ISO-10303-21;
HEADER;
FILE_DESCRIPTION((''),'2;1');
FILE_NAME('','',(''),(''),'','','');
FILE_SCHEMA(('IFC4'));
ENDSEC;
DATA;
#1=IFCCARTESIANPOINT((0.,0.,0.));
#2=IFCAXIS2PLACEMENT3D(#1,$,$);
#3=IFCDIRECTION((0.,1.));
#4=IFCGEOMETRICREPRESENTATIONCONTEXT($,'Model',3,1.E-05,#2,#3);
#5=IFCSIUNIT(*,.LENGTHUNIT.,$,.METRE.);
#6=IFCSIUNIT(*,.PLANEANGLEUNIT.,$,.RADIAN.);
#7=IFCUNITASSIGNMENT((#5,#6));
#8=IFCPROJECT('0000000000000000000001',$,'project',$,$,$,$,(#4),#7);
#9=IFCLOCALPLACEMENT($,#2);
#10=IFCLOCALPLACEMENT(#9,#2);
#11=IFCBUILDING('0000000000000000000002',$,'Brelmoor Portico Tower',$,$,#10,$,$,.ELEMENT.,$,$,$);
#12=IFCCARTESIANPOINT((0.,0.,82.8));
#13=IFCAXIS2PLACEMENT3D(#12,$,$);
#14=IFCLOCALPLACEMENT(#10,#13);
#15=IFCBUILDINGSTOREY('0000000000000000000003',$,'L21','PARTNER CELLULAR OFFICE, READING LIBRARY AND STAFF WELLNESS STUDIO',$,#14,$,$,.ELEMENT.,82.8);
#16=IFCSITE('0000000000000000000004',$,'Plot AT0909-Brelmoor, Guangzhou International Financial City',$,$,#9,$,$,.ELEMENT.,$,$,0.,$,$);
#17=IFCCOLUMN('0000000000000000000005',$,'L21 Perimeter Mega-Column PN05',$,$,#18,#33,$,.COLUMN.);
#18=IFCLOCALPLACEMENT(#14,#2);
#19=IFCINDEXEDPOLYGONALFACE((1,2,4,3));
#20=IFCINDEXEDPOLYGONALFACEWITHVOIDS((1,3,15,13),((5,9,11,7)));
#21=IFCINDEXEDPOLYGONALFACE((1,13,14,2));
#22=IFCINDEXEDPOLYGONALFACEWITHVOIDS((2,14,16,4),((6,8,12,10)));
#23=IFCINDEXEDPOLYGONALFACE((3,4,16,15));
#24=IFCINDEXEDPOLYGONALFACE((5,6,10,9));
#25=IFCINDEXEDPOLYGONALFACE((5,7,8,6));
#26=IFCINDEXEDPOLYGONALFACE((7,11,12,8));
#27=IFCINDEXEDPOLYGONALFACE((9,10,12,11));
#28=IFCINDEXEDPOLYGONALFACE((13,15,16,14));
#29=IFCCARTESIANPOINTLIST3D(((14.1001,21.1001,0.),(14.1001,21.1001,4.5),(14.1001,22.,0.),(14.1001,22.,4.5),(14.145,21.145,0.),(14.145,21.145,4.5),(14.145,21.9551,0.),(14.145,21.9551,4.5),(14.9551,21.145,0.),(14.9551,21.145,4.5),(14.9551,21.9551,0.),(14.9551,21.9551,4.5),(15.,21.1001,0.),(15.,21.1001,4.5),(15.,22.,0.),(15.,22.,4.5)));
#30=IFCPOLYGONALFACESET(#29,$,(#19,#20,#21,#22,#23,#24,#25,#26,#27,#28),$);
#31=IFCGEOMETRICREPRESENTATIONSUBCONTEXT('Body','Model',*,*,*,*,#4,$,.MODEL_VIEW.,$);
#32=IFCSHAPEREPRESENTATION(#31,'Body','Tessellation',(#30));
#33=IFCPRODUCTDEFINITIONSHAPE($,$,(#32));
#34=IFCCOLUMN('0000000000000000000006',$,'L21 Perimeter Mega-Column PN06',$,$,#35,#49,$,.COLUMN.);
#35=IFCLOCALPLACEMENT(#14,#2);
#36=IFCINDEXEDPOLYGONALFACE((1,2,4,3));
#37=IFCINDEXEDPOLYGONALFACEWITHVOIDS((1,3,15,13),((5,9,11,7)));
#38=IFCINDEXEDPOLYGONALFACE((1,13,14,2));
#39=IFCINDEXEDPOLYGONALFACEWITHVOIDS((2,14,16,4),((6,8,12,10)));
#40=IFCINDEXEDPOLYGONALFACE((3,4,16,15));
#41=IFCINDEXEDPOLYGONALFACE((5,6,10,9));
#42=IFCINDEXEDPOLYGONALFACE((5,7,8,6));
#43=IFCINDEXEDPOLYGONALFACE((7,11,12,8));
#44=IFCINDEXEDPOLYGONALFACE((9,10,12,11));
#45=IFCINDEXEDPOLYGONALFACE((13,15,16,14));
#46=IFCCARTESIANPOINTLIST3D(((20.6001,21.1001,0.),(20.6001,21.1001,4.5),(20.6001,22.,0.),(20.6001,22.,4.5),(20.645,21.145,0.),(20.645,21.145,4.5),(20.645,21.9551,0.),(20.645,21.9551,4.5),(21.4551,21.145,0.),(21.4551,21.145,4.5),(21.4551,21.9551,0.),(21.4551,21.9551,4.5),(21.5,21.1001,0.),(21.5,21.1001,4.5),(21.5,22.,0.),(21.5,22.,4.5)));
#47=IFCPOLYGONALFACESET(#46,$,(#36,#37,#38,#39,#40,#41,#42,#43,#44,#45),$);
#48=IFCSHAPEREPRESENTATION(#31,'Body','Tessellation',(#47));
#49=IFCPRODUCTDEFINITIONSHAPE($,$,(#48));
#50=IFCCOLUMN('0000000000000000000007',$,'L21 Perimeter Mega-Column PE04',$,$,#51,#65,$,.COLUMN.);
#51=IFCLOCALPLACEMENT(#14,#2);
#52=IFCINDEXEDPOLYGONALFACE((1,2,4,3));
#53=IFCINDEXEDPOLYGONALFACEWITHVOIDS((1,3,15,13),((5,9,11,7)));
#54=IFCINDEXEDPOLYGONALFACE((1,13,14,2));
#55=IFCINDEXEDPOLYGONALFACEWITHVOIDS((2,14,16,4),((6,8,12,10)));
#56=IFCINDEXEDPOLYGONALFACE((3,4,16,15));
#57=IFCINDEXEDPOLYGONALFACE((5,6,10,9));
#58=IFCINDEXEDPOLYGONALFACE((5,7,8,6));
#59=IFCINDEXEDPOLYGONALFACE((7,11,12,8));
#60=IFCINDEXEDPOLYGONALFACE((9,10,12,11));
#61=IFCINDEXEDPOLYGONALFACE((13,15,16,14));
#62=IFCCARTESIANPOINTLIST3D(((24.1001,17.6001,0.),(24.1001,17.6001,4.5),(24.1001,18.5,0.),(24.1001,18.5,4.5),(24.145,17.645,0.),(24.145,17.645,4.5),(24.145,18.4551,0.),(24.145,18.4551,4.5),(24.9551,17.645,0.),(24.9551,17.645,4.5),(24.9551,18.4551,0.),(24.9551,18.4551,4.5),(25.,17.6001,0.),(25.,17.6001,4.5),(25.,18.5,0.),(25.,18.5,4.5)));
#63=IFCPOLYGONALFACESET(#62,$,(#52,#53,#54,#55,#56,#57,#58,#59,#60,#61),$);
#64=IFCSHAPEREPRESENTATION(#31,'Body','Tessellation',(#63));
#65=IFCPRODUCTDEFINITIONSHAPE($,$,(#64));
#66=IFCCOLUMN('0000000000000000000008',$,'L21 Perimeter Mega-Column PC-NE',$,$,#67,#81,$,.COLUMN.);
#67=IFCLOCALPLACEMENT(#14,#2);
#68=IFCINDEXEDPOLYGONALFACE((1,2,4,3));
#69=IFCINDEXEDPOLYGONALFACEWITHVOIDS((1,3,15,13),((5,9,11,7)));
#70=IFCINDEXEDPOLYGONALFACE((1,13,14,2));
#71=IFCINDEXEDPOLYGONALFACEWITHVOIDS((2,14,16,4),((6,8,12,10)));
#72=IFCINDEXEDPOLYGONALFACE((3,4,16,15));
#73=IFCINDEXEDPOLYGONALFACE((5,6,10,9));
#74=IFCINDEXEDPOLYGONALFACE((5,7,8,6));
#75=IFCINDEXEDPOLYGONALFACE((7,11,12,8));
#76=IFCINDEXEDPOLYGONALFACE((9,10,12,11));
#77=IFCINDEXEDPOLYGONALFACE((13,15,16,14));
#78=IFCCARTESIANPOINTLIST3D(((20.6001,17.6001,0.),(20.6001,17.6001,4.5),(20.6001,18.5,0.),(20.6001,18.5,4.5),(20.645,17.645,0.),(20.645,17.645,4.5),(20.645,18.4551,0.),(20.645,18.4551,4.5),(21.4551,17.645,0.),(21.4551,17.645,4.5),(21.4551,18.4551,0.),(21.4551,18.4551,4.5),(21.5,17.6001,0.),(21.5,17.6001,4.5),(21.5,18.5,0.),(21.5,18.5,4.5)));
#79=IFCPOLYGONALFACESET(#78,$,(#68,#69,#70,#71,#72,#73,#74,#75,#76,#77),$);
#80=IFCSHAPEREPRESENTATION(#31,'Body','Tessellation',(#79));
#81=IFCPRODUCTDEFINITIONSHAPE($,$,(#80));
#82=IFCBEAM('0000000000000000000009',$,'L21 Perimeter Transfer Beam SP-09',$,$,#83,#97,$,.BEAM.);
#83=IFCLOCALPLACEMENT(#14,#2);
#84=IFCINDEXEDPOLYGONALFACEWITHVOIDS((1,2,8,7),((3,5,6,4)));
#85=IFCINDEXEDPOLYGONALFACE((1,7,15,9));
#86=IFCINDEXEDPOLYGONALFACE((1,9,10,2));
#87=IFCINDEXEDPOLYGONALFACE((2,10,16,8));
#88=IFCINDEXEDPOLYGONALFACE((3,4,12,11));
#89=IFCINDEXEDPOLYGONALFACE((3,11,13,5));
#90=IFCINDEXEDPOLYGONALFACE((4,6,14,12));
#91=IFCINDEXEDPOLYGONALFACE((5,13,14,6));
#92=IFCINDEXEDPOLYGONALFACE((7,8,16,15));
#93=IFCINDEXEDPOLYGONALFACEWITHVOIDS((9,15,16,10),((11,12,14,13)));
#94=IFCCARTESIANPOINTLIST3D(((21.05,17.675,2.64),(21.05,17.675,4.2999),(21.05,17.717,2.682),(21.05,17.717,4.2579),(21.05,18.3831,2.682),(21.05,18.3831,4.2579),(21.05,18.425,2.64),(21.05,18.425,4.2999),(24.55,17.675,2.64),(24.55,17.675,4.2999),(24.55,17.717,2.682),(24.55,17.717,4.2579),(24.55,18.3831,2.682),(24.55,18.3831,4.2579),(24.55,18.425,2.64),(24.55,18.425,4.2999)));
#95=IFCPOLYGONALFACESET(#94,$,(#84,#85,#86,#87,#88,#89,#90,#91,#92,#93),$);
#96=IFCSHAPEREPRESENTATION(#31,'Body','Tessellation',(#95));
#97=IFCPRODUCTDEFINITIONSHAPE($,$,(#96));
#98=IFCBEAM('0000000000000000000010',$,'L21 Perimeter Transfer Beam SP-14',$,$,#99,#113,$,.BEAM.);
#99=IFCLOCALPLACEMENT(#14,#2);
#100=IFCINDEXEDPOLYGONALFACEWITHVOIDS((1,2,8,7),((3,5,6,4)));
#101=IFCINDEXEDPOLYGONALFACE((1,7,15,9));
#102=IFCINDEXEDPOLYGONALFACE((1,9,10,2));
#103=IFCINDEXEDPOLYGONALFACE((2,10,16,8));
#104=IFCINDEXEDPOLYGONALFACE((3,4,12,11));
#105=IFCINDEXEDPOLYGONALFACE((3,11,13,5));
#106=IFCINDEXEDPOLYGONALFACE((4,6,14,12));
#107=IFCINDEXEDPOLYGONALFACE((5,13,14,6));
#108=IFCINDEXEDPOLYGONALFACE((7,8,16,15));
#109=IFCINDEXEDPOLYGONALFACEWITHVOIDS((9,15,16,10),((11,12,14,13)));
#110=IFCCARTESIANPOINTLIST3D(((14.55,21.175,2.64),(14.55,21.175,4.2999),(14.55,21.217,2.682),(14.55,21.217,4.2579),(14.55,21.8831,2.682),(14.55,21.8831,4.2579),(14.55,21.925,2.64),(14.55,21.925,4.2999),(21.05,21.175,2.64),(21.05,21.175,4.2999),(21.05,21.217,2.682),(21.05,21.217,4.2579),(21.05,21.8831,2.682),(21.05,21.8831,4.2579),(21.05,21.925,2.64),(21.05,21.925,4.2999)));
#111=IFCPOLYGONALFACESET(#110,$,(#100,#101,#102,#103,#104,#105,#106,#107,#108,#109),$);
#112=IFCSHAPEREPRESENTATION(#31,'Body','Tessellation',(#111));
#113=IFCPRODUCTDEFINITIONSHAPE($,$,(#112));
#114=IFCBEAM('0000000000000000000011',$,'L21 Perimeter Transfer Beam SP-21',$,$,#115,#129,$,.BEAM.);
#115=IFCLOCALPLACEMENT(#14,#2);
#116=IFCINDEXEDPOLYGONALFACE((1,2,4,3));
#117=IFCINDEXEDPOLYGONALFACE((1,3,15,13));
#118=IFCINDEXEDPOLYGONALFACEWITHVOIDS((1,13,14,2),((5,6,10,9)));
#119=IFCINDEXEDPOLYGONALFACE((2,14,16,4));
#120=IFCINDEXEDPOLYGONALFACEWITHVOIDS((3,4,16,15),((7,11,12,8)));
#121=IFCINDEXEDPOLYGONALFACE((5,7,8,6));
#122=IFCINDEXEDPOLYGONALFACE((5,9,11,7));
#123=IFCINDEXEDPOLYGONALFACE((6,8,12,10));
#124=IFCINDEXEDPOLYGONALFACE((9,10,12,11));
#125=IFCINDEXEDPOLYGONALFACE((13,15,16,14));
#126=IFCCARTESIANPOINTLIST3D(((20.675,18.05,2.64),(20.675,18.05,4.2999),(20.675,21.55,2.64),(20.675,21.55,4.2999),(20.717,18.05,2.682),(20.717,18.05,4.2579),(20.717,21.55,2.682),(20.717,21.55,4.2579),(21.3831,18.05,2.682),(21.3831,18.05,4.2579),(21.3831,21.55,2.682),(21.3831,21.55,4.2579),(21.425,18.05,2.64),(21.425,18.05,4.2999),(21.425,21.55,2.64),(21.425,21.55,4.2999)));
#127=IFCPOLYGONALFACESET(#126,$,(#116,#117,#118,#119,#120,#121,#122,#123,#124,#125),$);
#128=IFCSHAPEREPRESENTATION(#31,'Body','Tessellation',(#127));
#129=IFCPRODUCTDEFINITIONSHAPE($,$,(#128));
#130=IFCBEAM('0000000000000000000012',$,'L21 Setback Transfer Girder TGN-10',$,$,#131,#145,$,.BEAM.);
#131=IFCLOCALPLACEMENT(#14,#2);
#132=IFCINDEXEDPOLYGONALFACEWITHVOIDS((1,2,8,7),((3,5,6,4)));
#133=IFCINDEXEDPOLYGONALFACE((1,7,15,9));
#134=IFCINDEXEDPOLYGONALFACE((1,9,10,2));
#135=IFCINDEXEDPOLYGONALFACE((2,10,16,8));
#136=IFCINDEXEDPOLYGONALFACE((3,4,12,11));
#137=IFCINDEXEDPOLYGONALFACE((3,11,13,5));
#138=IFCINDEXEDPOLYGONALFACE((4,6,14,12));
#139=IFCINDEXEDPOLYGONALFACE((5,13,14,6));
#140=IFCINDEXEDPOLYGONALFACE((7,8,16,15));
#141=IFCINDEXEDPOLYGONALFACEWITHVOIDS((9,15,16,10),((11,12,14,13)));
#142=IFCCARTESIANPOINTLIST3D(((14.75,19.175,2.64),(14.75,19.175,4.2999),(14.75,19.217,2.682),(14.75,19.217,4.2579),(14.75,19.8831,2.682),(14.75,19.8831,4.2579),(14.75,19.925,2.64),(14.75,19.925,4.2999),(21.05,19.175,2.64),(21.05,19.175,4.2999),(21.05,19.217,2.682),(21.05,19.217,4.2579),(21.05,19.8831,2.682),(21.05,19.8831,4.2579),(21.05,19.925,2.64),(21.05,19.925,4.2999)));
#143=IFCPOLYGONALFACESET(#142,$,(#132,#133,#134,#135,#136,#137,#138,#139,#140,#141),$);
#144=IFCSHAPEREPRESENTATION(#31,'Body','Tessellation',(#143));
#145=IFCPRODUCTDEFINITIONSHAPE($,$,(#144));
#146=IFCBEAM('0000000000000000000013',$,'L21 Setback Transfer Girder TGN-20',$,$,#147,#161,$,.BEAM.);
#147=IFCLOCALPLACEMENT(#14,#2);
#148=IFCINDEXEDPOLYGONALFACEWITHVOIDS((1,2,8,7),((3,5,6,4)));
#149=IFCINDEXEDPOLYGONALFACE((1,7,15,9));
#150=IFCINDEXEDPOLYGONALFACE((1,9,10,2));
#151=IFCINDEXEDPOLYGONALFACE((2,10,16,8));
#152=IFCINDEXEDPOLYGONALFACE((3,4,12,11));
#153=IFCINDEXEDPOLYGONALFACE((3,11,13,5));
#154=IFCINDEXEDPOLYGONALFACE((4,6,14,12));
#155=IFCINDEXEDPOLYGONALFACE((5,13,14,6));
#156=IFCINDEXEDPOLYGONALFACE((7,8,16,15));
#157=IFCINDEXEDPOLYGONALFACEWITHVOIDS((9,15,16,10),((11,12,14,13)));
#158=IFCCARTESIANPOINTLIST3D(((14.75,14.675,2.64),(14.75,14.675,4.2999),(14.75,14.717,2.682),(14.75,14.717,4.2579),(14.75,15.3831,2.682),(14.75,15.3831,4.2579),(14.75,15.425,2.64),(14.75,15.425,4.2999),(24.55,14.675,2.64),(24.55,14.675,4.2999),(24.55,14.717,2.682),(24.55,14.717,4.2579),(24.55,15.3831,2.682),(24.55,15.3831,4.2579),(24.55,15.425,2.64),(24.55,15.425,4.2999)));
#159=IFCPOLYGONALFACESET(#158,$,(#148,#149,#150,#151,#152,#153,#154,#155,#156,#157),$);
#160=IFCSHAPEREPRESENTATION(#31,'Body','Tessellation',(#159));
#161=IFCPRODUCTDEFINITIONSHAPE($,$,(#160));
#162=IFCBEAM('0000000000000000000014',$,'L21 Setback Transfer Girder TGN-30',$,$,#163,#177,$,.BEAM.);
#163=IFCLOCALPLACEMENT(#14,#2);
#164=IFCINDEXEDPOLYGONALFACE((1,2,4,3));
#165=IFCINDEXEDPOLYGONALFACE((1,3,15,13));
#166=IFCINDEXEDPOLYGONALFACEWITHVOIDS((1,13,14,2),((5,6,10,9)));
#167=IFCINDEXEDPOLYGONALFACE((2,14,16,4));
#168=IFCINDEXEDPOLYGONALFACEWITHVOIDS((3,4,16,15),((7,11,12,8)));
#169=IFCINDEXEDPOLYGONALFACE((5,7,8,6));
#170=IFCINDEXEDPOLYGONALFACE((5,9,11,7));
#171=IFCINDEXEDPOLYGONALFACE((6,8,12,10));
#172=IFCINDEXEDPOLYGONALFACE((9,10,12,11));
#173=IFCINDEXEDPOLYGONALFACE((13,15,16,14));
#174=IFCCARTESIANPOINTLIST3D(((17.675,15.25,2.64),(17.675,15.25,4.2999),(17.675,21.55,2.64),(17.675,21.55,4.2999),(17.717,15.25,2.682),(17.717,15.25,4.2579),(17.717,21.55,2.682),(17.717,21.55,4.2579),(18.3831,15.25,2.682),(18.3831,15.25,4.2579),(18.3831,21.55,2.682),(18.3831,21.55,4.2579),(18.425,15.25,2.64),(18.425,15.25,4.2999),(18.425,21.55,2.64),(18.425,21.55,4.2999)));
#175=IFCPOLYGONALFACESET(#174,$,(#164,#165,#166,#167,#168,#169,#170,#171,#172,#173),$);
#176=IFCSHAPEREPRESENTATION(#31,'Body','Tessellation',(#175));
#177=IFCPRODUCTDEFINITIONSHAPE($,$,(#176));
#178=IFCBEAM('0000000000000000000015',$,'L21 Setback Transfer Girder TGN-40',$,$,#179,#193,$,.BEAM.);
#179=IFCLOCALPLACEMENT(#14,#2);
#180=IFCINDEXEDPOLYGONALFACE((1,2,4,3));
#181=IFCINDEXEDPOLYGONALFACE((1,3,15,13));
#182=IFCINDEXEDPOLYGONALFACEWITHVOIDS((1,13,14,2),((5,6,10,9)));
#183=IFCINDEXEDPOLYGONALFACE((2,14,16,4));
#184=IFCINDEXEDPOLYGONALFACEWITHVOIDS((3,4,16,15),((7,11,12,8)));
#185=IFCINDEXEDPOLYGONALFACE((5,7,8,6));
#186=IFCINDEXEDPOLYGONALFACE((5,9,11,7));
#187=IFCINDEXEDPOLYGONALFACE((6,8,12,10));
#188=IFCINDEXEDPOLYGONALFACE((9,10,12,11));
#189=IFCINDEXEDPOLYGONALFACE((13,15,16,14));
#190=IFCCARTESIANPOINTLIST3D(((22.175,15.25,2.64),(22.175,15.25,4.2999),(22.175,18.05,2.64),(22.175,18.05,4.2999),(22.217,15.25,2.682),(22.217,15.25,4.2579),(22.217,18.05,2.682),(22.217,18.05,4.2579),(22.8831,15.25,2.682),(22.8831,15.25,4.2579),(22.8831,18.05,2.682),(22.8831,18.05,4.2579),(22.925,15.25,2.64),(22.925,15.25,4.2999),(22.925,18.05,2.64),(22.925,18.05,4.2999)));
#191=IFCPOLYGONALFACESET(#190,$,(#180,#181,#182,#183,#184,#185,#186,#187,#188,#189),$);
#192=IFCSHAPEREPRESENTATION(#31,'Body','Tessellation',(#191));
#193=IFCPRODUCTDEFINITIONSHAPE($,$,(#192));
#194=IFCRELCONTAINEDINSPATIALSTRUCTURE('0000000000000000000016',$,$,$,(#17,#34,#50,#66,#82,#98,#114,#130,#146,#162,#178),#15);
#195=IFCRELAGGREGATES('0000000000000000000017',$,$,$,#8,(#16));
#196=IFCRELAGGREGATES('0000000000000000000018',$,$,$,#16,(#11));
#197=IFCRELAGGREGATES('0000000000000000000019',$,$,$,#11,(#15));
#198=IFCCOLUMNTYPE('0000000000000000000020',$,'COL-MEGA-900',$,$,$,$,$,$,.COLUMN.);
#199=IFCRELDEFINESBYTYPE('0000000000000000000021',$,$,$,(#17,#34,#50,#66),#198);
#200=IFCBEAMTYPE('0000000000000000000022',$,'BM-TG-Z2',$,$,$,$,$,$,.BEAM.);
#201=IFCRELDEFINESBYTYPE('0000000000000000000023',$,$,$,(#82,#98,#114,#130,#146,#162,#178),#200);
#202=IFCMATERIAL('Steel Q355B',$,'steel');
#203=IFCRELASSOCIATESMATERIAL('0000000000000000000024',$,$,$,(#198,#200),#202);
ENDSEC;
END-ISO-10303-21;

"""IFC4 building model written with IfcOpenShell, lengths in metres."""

from ifc_helpers import new_model, si_unit, direction, frame, origin, origin_2d, place, context, subcontext, project, spatial, hollow_rectangle, extrude, material, material_profile, profile_set, type_object, element, save


model = new_model("IFC4")

# Units and contexts
model_context = context("Model", 3, precision=1e-05, world=origin(), true_north=direction((0.0, 1.0)))
body_context = subcontext(model_context, "Body", "Model", "MODEL_VIEW")
ifc_project = project(units=[si_unit("LENGTHUNIT", "METRE"), si_unit("PLANEANGLEUNIT", "RADIAN")], contexts=[model_context])

# Site, building, storey
site_placement = place(None, origin())
site = spatial("IfcSite", under=ifc_project, at=site_placement, Name="Plot AT0909-Brelmoor, Guangzhou International Financial City", CompositionType="ELEMENT", RefElevation=0.0)
building_placement = place(site_placement, origin())
building = spatial("IfcBuilding", under=site, at=building_placement, Name="Brelmoor Portico Tower", CompositionType="ELEMENT")
storey_placement = place(building_placement, frame((0.0, 0.0, 82.8)))
storey = spatial("IfcBuildingStorey", under=building, at=storey_placement, Name="L21", Description="PARTNER CELLULAR OFFICE, READING LIBRARY AND STAFF WELLNESS STUDIO", CompositionType="ELEMENT", Elevation=82.8)

# Columns
ifc_material_1 = material(Name="Steel Q355B", Category="steel")
ifc_material_profile_1 = material_profile(ifc_material_1, hollow_rectangle(XDim=0.8999, YDim=0.8999, WallThickness=0.0449, at=origin_2d()), Name="BOX 900x900x45")
ifc_profile_set_1 = profile_set([ifc_material_profile_1], Name="Steel Q355B")
column_type = type_object("IfcColumnType", Name="COL-MEGA-900", PredefinedType="COLUMN", material=ifc_profile_set_1)
for number, where, z_axis, x_axis, name in (
    (1, (14.55, 21.55, 0.0), (0.0, 0.0, 1.0), (1.0, 0.0, 0.0), "L21 Perimeter Mega-Column PN05"),
    (2, (21.05, 21.55, 0.0), (0.0, 0.0, 1.0), (1.0, 0.0, 0.0), "L21 Perimeter Mega-Column PN06"),
    (3, (24.55, 18.05, 0.0), (0.0, 0.0, 1.0), (0.0, 1.0, 0.0), "L21 Perimeter Mega-Column PE04"),
    (4, (21.05, 18.05, 0.0), (0.0, 0.0, 1.0), (1.0, 0.0, 0.0), "L21 Perimeter Mega-Column PC-NE"),
):
    element("IfcColumn", number, at=place(storey_placement, frame(where, z_axis=z_axis, x_axis=x_axis)), inside=storey, type_object=column_type, Name=name, PredefinedType="COLUMN", context=body_context, shape_type="SweptSolid", body=[
        extrude(hollow_rectangle(XDim=0.8999, YDim=0.8999, WallThickness=0.0449, at=origin_2d()), origin(), (0.0, 0.0, 1.0), 4.5),
    ])

# Beams
ifc_material_profile_2 = material_profile(ifc_material_1, hollow_rectangle(XDim=0.75, YDim=1.6599, WallThickness=0.042, at=origin_2d()), Name="BOX 750x1660x42")
ifc_profile_set_2 = profile_set([ifc_material_profile_2], Name="Steel Q355B")
beam_type = type_object("IfcBeamType", Name="BM-TG-Z2", PredefinedType="BEAM", material=ifc_profile_set_2)
beam_1_placement = place(storey_placement, frame((21.05, 18.05, 3.47), z_axis=(1.0, 0.0, 0.0), x_axis=(0.0, 1.0, 0.0)))
element("IfcBeam", 5, at=beam_1_placement, inside=storey, type_object=beam_type, Name="L21 Perimeter Transfer Beam SP-09", PredefinedType="BEAM", context=body_context, shape_type="SweptSolid", body=[
    extrude(hollow_rectangle(XDim=0.75, YDim=1.6599, WallThickness=0.042, at=origin_2d()), origin(), (0.0, 0.0, 1.0), 3.5),
])
beam_2_placement = place(storey_placement, frame((14.55, 21.55, 3.47), z_axis=(1.0, 0.0, 0.0), x_axis=(0.0, 1.0, 0.0)))
element("IfcBeam", 6, at=beam_2_placement, inside=storey, type_object=beam_type, Name="L21 Perimeter Transfer Beam SP-14", PredefinedType="BEAM", context=body_context, shape_type="SweptSolid", body=[
    extrude(hollow_rectangle(XDim=0.75, YDim=1.6599, WallThickness=0.042, at=origin_2d()), origin(), (0.0, 0.0, 1.0), 6.5),
])
beam_3_placement = place(storey_placement, frame((21.05, 18.05, 3.47), z_axis=(0.0, 1.0, 0.0), x_axis=(-1.0, 0.0, 0.0)))
element("IfcBeam", 7, at=beam_3_placement, inside=storey, type_object=beam_type, Name="L21 Perimeter Transfer Beam SP-21", PredefinedType="BEAM", context=body_context, shape_type="SweptSolid", body=[
    extrude(hollow_rectangle(XDim=0.75, YDim=1.6599, WallThickness=0.042, at=origin_2d()), origin(), (0.0, 0.0, 1.0), 3.5),
])
beam_4_placement = place(storey_placement, frame((14.75, 19.55, 3.47), z_axis=(1.0, 0.0, 0.0), x_axis=(0.0, 1.0, 0.0)))
element("IfcBeam", 8, at=beam_4_placement, inside=storey, type_object=beam_type, Name="L21 Setback Transfer Girder TGN-10", PredefinedType="BEAM", context=body_context, shape_type="SweptSolid", body=[
    extrude(hollow_rectangle(XDim=0.75, YDim=1.6599, WallThickness=0.042, at=origin_2d()), origin(), (0.0, 0.0, 1.0), 6.3),
])
beam_5_placement = place(storey_placement, frame((14.75, 15.05, 3.47), z_axis=(1.0, 0.0, 0.0), x_axis=(0.0, 1.0, 0.0)))
element("IfcBeam", 9, at=beam_5_placement, inside=storey, type_object=beam_type, Name="L21 Setback Transfer Girder TGN-20", PredefinedType="BEAM", context=body_context, shape_type="SweptSolid", body=[
    extrude(hollow_rectangle(XDim=0.75, YDim=1.6599, WallThickness=0.042, at=origin_2d()), origin(), (0.0, 0.0, 1.0), 9.8),
])
beam_6_placement = place(storey_placement, frame((18.05, 15.25, 3.47), z_axis=(0.0, 1.0, 0.0), x_axis=(-1.0, 0.0, 0.0)))
element("IfcBeam", 10, at=beam_6_placement, inside=storey, type_object=beam_type, Name="L21 Setback Transfer Girder TGN-30", PredefinedType="BEAM", context=body_context, shape_type="SweptSolid", body=[
    extrude(hollow_rectangle(XDim=0.75, YDim=1.6599, WallThickness=0.042, at=origin_2d()), origin(), (0.0, 0.0, 1.0), 6.3),
])
beam_7_placement = place(storey_placement, frame((22.55, 15.25, 3.47), z_axis=(0.0, 1.0, 0.0), x_axis=(-1.0, 0.0, 0.0)))
element("IfcBeam", 11, at=beam_7_placement, inside=storey, type_object=beam_type, Name="L21 Setback Transfer Girder TGN-40", PredefinedType="BEAM", context=body_context, shape_type="SweptSolid", body=[
    extrude(hollow_rectangle(XDim=0.75, YDim=1.6599, WallThickness=0.042, at=origin_2d()), origin(), (0.0, 0.0, 1.0), 2.8),
])

save(model, "model.ifc")
